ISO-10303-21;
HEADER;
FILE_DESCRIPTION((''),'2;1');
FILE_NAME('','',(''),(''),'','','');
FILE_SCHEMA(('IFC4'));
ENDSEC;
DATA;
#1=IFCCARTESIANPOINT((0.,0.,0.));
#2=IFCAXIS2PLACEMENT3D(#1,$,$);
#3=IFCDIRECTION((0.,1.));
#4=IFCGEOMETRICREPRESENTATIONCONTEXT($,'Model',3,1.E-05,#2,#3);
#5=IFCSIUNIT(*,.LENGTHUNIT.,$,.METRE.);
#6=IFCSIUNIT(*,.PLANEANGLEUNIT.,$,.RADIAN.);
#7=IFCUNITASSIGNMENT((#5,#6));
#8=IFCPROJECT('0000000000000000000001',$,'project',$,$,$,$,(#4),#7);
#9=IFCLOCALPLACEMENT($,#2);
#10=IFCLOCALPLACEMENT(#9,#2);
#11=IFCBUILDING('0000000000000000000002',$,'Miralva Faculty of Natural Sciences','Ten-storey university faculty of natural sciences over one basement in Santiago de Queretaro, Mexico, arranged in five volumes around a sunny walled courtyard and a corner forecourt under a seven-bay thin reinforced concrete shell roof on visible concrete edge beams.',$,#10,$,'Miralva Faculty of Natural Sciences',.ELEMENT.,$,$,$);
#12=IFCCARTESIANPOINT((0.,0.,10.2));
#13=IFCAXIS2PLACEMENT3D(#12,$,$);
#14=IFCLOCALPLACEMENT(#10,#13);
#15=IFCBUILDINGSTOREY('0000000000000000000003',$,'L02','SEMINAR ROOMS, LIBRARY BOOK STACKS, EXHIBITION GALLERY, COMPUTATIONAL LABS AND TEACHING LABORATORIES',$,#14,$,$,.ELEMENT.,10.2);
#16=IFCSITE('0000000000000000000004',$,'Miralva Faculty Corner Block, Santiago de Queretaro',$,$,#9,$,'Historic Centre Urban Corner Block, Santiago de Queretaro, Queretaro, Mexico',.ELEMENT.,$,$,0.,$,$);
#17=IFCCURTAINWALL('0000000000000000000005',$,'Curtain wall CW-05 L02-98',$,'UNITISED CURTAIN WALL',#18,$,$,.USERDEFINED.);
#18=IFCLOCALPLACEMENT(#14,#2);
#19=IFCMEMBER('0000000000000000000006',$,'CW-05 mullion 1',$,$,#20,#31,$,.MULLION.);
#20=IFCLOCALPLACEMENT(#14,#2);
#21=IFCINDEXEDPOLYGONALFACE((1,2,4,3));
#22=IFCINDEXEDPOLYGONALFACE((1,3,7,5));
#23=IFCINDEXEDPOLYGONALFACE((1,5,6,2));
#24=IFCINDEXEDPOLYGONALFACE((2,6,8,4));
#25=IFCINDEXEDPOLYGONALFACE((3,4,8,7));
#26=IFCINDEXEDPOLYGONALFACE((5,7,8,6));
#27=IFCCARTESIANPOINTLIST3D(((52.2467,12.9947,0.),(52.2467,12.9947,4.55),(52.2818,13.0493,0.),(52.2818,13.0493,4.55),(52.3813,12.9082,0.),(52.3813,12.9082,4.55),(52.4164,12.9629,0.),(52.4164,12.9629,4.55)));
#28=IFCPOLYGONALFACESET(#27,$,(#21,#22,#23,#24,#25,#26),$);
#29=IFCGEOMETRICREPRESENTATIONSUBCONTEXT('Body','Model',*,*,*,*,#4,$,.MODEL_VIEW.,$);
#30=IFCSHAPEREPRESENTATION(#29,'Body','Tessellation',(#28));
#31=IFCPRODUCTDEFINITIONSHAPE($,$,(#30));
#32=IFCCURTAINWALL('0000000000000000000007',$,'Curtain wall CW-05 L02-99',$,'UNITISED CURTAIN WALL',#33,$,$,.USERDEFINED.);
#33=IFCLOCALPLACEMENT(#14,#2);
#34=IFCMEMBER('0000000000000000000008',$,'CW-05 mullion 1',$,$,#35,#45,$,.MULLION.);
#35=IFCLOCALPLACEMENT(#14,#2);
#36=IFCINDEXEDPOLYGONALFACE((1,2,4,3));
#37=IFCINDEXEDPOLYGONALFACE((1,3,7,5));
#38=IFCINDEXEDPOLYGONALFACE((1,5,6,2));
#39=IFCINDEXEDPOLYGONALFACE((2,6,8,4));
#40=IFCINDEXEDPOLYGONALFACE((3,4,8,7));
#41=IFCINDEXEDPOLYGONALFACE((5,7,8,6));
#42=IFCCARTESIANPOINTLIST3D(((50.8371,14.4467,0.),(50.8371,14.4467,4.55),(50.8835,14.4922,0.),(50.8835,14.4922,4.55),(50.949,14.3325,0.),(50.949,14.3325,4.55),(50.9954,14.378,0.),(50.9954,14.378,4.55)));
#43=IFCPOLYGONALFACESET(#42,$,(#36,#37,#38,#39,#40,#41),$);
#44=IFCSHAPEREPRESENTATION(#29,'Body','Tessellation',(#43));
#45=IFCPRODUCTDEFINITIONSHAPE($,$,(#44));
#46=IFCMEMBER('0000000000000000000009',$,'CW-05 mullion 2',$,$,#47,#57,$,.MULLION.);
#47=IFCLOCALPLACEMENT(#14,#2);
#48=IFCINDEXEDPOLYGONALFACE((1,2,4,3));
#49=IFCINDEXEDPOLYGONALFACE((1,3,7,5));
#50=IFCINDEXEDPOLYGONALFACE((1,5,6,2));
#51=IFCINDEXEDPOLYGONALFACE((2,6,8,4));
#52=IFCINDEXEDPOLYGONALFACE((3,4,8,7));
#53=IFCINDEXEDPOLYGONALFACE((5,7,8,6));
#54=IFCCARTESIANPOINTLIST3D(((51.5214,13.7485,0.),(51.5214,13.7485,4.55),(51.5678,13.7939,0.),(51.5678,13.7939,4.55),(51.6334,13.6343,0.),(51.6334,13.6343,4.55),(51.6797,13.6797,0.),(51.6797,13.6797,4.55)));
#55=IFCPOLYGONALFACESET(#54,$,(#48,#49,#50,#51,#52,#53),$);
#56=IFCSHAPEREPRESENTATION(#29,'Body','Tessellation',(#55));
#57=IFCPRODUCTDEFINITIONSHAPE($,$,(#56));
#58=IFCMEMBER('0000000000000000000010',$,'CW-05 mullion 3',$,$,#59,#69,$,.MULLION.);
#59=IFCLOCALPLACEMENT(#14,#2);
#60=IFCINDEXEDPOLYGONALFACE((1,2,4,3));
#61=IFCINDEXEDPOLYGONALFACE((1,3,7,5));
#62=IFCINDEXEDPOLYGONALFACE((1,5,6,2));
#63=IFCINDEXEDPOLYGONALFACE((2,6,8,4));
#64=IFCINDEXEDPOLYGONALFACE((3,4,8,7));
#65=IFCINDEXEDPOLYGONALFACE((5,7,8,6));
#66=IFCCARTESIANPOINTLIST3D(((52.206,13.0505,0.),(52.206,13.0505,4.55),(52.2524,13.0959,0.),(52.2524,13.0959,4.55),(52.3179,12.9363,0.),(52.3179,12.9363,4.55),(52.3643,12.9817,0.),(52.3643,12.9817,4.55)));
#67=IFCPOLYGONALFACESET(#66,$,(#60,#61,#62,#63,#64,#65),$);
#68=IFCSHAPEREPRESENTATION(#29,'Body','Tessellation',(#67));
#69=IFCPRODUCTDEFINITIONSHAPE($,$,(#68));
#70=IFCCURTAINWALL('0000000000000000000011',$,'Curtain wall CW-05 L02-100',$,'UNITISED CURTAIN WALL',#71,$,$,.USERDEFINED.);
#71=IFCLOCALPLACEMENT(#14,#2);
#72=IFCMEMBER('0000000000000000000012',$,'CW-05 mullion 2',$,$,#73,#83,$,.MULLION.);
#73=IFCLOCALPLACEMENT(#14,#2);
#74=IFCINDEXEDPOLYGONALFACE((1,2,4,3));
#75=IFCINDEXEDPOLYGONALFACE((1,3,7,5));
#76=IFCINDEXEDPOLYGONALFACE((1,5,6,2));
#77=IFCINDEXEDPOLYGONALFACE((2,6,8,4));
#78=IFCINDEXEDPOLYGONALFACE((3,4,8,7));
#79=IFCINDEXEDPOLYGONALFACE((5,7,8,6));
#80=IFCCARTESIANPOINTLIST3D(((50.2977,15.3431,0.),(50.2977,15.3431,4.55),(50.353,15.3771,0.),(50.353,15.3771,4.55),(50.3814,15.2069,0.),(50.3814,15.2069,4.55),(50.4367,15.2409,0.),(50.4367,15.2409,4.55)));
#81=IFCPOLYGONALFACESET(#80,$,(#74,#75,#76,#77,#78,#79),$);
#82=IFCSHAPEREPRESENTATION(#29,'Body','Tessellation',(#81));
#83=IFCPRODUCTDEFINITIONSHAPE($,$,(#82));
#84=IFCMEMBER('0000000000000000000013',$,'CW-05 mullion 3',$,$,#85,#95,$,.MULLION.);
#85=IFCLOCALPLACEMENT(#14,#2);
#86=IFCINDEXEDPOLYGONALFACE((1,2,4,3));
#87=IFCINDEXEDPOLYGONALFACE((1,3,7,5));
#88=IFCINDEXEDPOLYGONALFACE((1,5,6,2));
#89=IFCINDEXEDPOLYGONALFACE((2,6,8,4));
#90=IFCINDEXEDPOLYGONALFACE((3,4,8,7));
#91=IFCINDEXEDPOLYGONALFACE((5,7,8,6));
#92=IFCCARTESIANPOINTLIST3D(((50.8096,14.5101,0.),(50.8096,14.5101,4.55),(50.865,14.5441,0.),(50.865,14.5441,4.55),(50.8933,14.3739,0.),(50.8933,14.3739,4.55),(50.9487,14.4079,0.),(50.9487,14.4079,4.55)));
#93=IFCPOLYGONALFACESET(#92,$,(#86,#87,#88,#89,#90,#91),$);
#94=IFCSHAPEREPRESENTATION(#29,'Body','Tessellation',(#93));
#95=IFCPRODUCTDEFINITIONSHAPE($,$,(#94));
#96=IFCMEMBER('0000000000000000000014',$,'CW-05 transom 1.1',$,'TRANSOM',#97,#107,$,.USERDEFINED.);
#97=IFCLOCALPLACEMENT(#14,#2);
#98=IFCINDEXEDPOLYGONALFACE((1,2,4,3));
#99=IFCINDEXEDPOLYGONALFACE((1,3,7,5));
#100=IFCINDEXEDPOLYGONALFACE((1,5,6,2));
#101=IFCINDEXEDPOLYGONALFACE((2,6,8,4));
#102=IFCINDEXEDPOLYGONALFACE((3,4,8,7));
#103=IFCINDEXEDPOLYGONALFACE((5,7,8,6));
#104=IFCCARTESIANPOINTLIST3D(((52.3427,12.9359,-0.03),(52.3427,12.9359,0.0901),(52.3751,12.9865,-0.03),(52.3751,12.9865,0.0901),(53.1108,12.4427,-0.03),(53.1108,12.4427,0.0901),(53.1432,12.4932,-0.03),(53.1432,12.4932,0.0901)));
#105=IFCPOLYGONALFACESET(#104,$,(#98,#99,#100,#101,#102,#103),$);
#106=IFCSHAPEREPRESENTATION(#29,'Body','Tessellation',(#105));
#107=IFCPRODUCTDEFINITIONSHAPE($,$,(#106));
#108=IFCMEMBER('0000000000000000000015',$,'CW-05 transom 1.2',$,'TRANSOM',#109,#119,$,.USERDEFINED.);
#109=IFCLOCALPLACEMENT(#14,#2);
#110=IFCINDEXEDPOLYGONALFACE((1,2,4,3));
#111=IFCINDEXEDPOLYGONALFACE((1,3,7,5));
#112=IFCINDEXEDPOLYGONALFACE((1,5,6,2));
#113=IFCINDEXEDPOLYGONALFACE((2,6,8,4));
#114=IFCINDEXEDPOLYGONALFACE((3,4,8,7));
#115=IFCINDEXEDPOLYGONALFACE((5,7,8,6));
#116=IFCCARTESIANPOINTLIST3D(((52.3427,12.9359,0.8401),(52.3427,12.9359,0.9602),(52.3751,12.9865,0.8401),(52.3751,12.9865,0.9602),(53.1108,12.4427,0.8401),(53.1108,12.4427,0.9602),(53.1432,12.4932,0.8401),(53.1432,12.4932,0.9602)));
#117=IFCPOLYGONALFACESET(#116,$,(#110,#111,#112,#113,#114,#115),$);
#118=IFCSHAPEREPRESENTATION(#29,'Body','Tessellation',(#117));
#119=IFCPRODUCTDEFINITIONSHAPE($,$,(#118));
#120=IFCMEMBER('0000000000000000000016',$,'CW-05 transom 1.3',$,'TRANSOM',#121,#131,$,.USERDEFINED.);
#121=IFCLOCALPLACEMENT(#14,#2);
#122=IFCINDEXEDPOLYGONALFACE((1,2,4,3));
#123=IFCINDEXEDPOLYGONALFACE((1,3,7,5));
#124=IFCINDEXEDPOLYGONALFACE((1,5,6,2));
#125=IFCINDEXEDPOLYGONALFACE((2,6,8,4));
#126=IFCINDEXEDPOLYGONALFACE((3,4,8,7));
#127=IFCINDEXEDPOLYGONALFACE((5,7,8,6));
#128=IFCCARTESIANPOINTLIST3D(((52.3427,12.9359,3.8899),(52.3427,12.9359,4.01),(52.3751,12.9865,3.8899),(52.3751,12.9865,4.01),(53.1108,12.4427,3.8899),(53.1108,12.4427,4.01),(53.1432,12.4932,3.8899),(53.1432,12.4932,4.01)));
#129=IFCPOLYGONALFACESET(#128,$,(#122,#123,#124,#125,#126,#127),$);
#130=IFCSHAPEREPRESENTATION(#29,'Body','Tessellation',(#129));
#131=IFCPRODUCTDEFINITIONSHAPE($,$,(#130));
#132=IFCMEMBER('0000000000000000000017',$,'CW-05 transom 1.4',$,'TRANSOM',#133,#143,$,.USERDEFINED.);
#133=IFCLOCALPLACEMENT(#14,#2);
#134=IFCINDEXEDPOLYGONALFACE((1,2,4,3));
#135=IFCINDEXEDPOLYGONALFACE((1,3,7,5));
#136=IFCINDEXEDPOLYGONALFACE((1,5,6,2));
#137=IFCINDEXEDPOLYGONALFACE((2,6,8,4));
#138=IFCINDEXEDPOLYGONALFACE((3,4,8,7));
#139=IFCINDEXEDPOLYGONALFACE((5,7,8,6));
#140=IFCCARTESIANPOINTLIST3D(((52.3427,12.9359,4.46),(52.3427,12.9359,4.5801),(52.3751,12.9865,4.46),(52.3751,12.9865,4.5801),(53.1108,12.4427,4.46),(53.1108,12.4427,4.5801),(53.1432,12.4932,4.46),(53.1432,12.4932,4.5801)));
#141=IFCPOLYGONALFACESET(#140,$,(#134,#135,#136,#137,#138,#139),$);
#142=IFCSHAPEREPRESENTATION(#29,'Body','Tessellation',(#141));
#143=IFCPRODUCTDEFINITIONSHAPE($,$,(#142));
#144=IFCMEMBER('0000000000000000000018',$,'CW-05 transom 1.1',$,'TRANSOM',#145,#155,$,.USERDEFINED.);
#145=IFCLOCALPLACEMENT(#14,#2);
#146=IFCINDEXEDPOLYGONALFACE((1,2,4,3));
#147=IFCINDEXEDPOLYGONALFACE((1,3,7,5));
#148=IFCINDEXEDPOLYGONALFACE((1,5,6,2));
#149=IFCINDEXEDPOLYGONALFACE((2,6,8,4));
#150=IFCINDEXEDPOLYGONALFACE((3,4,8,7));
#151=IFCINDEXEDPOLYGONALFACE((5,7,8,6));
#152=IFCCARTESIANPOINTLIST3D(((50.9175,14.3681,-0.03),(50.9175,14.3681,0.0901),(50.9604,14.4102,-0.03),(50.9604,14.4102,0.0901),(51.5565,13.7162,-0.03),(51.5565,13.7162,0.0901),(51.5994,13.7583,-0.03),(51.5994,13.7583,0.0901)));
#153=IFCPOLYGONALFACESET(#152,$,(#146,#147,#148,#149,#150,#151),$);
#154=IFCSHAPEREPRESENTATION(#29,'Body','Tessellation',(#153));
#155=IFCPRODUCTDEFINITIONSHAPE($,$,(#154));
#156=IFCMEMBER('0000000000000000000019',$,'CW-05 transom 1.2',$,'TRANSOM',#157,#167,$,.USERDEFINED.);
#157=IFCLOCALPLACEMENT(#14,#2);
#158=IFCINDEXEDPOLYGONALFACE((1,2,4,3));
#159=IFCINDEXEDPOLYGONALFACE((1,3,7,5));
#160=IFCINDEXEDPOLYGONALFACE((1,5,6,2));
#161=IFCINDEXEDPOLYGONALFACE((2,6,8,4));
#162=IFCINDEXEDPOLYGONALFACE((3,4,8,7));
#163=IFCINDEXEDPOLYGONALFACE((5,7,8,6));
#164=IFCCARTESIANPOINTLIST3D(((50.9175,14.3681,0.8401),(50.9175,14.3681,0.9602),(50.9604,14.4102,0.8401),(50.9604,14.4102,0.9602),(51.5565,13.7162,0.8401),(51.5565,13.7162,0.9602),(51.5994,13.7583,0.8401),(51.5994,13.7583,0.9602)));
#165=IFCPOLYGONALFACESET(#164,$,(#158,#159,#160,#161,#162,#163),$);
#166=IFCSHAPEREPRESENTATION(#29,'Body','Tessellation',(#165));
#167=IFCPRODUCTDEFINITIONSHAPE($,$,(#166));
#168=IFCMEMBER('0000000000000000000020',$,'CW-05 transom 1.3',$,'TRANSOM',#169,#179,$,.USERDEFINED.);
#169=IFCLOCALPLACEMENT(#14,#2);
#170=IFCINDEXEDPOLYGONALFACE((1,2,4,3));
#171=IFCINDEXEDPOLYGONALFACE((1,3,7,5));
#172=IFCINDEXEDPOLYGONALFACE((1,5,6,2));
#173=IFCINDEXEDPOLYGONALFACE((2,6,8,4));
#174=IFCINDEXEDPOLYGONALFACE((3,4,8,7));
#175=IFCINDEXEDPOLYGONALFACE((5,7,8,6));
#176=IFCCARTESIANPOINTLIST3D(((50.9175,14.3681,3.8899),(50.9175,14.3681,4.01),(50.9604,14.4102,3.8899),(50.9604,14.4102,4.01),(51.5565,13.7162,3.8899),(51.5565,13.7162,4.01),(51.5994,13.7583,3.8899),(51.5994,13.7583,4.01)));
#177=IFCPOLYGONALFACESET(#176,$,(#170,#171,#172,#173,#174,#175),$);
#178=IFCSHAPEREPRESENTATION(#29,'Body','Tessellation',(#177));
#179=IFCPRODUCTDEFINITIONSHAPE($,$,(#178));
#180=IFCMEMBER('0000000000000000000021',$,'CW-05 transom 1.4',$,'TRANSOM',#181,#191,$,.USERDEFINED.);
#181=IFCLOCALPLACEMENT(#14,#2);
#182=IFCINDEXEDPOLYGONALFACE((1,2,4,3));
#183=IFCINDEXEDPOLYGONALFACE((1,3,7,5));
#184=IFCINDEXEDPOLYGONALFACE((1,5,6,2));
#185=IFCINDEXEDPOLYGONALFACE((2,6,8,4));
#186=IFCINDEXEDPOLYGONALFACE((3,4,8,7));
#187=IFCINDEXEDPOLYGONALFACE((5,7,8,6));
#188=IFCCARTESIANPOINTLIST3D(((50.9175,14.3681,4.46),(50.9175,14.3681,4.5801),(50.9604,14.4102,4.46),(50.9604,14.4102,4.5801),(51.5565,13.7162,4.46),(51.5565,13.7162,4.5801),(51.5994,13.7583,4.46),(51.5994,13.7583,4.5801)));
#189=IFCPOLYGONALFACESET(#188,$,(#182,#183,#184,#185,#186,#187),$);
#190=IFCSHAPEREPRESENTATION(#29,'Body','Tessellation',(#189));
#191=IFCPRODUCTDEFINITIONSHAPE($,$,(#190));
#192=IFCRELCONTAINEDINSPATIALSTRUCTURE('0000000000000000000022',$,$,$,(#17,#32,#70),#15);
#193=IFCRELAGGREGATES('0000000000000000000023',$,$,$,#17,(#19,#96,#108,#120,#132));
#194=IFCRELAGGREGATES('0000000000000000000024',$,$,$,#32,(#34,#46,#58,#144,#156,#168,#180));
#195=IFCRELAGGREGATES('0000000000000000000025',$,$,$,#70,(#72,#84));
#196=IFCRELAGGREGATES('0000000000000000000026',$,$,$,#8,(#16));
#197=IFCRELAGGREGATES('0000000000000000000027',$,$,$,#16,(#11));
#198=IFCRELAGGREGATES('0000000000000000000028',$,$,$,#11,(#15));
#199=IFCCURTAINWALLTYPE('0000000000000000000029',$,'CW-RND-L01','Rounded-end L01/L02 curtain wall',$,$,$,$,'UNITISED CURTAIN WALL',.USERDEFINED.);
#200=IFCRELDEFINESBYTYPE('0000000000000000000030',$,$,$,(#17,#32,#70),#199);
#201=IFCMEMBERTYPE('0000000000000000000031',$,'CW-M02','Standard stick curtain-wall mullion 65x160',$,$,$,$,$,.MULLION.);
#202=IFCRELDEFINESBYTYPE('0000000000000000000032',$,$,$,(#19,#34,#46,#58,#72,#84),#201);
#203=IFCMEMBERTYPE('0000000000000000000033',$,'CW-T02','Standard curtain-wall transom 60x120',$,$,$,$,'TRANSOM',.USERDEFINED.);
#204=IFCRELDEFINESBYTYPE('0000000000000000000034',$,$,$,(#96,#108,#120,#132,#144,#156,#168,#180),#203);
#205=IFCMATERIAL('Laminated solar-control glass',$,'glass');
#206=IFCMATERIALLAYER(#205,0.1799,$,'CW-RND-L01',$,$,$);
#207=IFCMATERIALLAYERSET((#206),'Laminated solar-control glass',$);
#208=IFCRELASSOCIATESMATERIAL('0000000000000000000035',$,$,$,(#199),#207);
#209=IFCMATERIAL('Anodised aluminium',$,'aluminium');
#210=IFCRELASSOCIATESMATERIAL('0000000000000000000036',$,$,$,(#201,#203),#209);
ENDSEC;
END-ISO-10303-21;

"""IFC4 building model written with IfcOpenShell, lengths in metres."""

from ifc_helpers import new_model, si_unit, direction, frame, origin, origin_2d, place, context, subcontext, project, spatial, rectangle, extrude, material, layer, layer_set, material_profile, profile_set, type_object, element, aggregate, save


model = new_model("IFC4")

# Units and contexts
model_context = context("Model", 3, precision=1e-05, world=origin(), true_north=direction((0.0, 1.0)))
body_context = subcontext(model_context, "Body", "Model", "MODEL_VIEW")
ifc_project = project(units=[si_unit("LENGTHUNIT", "METRE"), si_unit("PLANEANGLEUNIT", "RADIAN")], contexts=[model_context])

# Site, building, storey
site_placement = place(None, origin())
site = spatial("IfcSite", under=ifc_project, at=site_placement, Name="Miralva Faculty Corner Block, Santiago de Queretaro", LongName="Historic Centre Urban Corner Block, Santiago de Queretaro, Queretaro, Mexico", CompositionType="ELEMENT", RefElevation=0.0)
building_placement = place(site_placement, origin())
building = spatial("IfcBuilding", under=site, at=building_placement, Name="Miralva Faculty of Natural Sciences", Description="Ten-storey university faculty of natural sciences over one basement in Santiago de Queretaro, Mexico, arranged in five volumes around a sunny walled courtyard and a corner forecourt under a seven-bay thin reinforced concrete shell roof on visible concrete edge beams.", LongName="Miralva Faculty of Natural Sciences", CompositionType="ELEMENT")
storey_placement = place(building_placement, frame((0.0, 0.0, 10.2)))
storey = spatial("IfcBuildingStorey", under=building, at=storey_placement, Name="L02", Description="SEMINAR ROOMS, LIBRARY BOOK STACKS, EXHIBITION GALLERY, COMPUTATIONAL LABS AND TEACHING LABORATORIES", CompositionType="ELEMENT", Elevation=10.2)

# Curtain wall, member
ifc_material_1 = material(Name="Laminated solar-control glass", Category="glass")
ifc_layer_1 = layer(ifc_material_1, 0.1799, Name="CW-RND-L01")
ifc_layer_set_1 = layer_set([ifc_layer_1], Name="Laminated solar-control glass")
curtain_wall_type = type_object("IfcCurtainWallType", Name="CW-RND-L01", Description="Rounded-end L01/L02 curtain wall", ElementType="UNITISED CURTAIN WALL", PredefinedType="USERDEFINED", material=ifc_layer_set_1)
curtain_wall_1_placement = place(storey_placement, origin())
curtain_wall_1 = element("IfcCurtainWall", 1, at=curtain_wall_1_placement, inside=storey, type_object=curtain_wall_type, Name="Curtain wall CW-05 L02-98", ObjectType="UNITISED CURTAIN WALL", PredefinedType="USERDEFINED")
ifc_material_2 = material(Name="Anodised aluminium", Category="aluminium")
ifc_material_profile_1 = material_profile(ifc_material_2, rectangle(XDim=0.0649, YDim=0.1599, at=origin_2d()), Name="MULLION 65x160")
ifc_profile_set_1 = profile_set([ifc_material_profile_1], Name="Anodised aluminium")
member_type_1 = type_object("IfcMemberType", Name="CW-M02", Description="Standard stick curtain-wall mullion 65x160", PredefinedType="MULLION", material=ifc_profile_set_1)
member_1_placement = place(storey_placement, frame((52.3315, 12.9788, 0.0), z_axis=(0.0, 0.0, 1.0), x_axis=(0.540445, 0.841379, 0.0)))
member_1 = element("IfcMember", 2, at=member_1_placement, type_object=member_type_1, Name="CW-05 mullion 1", PredefinedType="MULLION", context=body_context, shape_type="SweptSolid", body=[
    extrude(rectangle(XDim=0.0649, YDim=0.1599, at=origin_2d()), origin(), (0.0, 0.0, 1.0), 4.55),
])

# Curtain walls, members
curtain_wall_2_placement = place(storey_placement, origin())
curtain_wall_2 = element("IfcCurtainWall", 3, at=curtain_wall_2_placement, inside=storey, type_object=curtain_wall_type, Name="Curtain wall CW-05 L02-99", ObjectType="UNITISED CURTAIN WALL", PredefinedType="USERDEFINED")
member_2_placement = place(storey_placement, frame((50.9163, 14.4124, 0.0), z_axis=(0.0, 0.0, 1.0), x_axis=(0.714125, 0.700018, 0.0)))
member_2 = element("IfcMember", 4, at=member_2_placement, type_object=member_type_1, Name="CW-05 mullion 1", PredefinedType="MULLION", context=body_context, shape_type="SweptSolid", body=[
    extrude(rectangle(XDim=0.0649, YDim=0.1599, at=origin_2d()), origin(), (0.0, 0.0, 1.0), 4.55),
])
member_3_placement = place(storey_placement, frame((51.6006, 13.7141, 0.0), z_axis=(0.0, 0.0, 1.0), x_axis=(0.714125, 0.700018, 0.0)))
member_3 = element("IfcMember", 5, at=member_3_placement, type_object=member_type_1, Name="CW-05 mullion 2", PredefinedType="MULLION", context=body_context, shape_type="SweptSolid", body=[
    extrude(rectangle(XDim=0.0649, YDim=0.1599, at=origin_2d()), origin(), (0.0, 0.0, 1.0), 4.55),
])
member_4_placement = place(storey_placement, frame((52.2852, 13.0161, 0.0), z_axis=(0.0, 0.0, 1.0), x_axis=(0.714125, 0.700018, 0.0)))
member_4 = element("IfcMember", 6, at=member_4_placement, type_object=member_type_1, Name="CW-05 mullion 3", PredefinedType="MULLION", context=body_context, shape_type="SweptSolid", body=[
    extrude(rectangle(XDim=0.0649, YDim=0.1599, at=origin_2d()), origin(), (0.0, 0.0, 1.0), 4.55),
])
curtain_wall_3_placement = place(storey_placement, origin())
curtain_wall_3 = element("IfcCurtainWall", 7, at=curtain_wall_3_placement, inside=storey, type_object=curtain_wall_type, Name="Curtain wall CW-05 L02-100", ObjectType="UNITISED CURTAIN WALL", PredefinedType="USERDEFINED")
member_5_placement = place(storey_placement, frame((50.3672, 15.292, 0.0), z_axis=(0.0, 0.0, 1.0), x_axis=(0.851995, 0.523551, 0.0)))
member_5 = element("IfcMember", 8, at=member_5_placement, type_object=member_type_1, Name="CW-05 mullion 2", PredefinedType="MULLION", context=body_context, shape_type="SweptSolid", body=[
    extrude(rectangle(XDim=0.0649, YDim=0.1599, at=origin_2d()), origin(), (0.0, 0.0, 1.0), 4.55),
])
member_6_placement = place(storey_placement, frame((50.8792, 14.459, 0.0), z_axis=(0.0, 0.0, 1.0), x_axis=(0.851995, 0.523551, 0.0)))
member_6 = element("IfcMember", 9, at=member_6_placement, type_object=member_type_1, Name="CW-05 mullion 3", PredefinedType="MULLION", context=body_context, shape_type="SweptSolid", body=[
    extrude(rectangle(XDim=0.0649, YDim=0.1599, at=origin_2d()), origin(), (0.0, 0.0, 1.0), 4.55),
])

# Members
ifc_material_profile_2 = material_profile(ifc_material_2, rectangle(XDim=0.0601, YDim=0.1201, at=origin_2d()), Name="TRANSOM 60x120")
ifc_profile_set_2 = profile_set([ifc_material_profile_2], Name="Anodised aluminium")
member_type_2 = type_object("IfcMemberType", Name="CW-T02", Description="Standard curtain-wall transom 60x120", ElementType="TRANSOM", PredefinedType="USERDEFINED", material=ifc_profile_set_2)
member_7_placement = place(storey_placement, frame((52.3589, 12.9612, 0.03), z_axis=(0.841474, -0.540298, 0.0), x_axis=(0.540298, 0.841474, 0.0)))
member_7 = element("IfcMember", 10, at=member_7_placement, type_object=member_type_2, Name="CW-05 transom 1.1", ObjectType="TRANSOM", PredefinedType="USERDEFINED", context=body_context, shape_type="SweptSolid", body=[
    extrude(rectangle(XDim=0.0601, YDim=0.1201, at=origin_2d()), origin(), (0.0, 0.0, 1.0), 0.9128),
])
member_8_placement = place(storey_placement, frame((52.3589, 12.9612, 0.9001), z_axis=(0.841474, -0.540298, 0.0), x_axis=(0.540298, 0.841474, 0.0)))
member_8 = element("IfcMember", 11, at=member_8_placement, type_object=member_type_2, Name="CW-05 transom 1.2", ObjectType="TRANSOM", PredefinedType="USERDEFINED", context=body_context, shape_type="SweptSolid", body=[
    extrude(rectangle(XDim=0.0601, YDim=0.1201, at=origin_2d()), origin(), (0.0, 0.0, 1.0), 0.9128),
])
member_9_placement = place(storey_placement, frame((52.3589, 12.9612, 3.95), z_axis=(0.841474, -0.540298, 0.0), x_axis=(0.540298, 0.841474, 0.0)))
member_9 = element("IfcMember", 12, at=member_9_placement, type_object=member_type_2, Name="CW-05 transom 1.3", ObjectType="TRANSOM", PredefinedType="USERDEFINED", context=body_context, shape_type="SweptSolid", body=[
    extrude(rectangle(XDim=0.0601, YDim=0.1201, at=origin_2d()), origin(), (0.0, 0.0, 1.0), 0.9128),
])
member_10_placement = place(storey_placement, frame((52.3589, 12.9612, 4.52), z_axis=(0.841474, -0.540298, 0.0), x_axis=(0.540298, 0.841474, 0.0)))
member_10 = element("IfcMember", 13, at=member_10_placement, type_object=member_type_2, Name="CW-05 transom 1.4", ObjectType="TRANSOM", PredefinedType="USERDEFINED", context=body_context, shape_type="SweptSolid", body=[
    extrude(rectangle(XDim=0.0601, YDim=0.1201, at=origin_2d()), origin(), (0.0, 0.0, 1.0), 0.9128),
])
member_11_placement = place(storey_placement, frame((50.939, 14.3892, 0.03), z_axis=(0.699983, -0.714159, 0.0), x_axis=(0.714159, 0.699983, 0.0)))
member_11 = element("IfcMember", 14, at=member_11_placement, type_object=member_type_2, Name="CW-05 transom 1.1", ObjectType="TRANSOM", PredefinedType="USERDEFINED", context=body_context, shape_type="SweptSolid", body=[
    extrude(rectangle(XDim=0.0601, YDim=0.1201, at=origin_2d()), origin(), (0.0, 0.0, 1.0), 0.9128),
])
member_12_placement = place(storey_placement, frame((50.939, 14.3892, 0.9001), z_axis=(0.699983, -0.714159, 0.0), x_axis=(0.714159, 0.699983, 0.0)))
member_12 = element("IfcMember", 15, at=member_12_placement, type_object=member_type_2, Name="CW-05 transom 1.2", ObjectType="TRANSOM", PredefinedType="USERDEFINED", context=body_context, shape_type="SweptSolid", body=[
    extrude(rectangle(XDim=0.0601, YDim=0.1201, at=origin_2d()), origin(), (0.0, 0.0, 1.0), 0.9128),
])
member_13_placement = place(storey_placement, frame((50.939, 14.3892, 3.95), z_axis=(0.699983, -0.714159, 0.0), x_axis=(0.714159, 0.699983, 0.0)))
member_13 = element("IfcMember", 16, at=member_13_placement, type_object=member_type_2, Name="CW-05 transom 1.3", ObjectType="TRANSOM", PredefinedType="USERDEFINED", context=body_context, shape_type="SweptSolid", body=[
    extrude(rectangle(XDim=0.0601, YDim=0.1201, at=origin_2d()), origin(), (0.0, 0.0, 1.0), 0.9128),
])
member_14_placement = place(storey_placement, frame((50.939, 14.3892, 4.52), z_axis=(0.699983, -0.714159, 0.0), x_axis=(0.714159, 0.699983, 0.0)))
member_14 = element("IfcMember", 17, at=member_14_placement, type_object=member_type_2, Name="CW-05 transom 1.4", ObjectType="TRANSOM", PredefinedType="USERDEFINED", context=body_context, shape_type="SweptSolid", body=[
    extrude(rectangle(XDim=0.0601, YDim=0.1201, at=origin_2d()), origin(), (0.0, 0.0, 1.0), 0.9128),
])

aggregate(curtain_wall_1, [member_1, member_7, member_8, member_9, member_10])
aggregate(curtain_wall_2, [member_2, member_3, member_4, member_11, member_12, member_13, member_14])
aggregate(curtain_wall_3, [member_5, member_6])

save(model, "model.ifc")
